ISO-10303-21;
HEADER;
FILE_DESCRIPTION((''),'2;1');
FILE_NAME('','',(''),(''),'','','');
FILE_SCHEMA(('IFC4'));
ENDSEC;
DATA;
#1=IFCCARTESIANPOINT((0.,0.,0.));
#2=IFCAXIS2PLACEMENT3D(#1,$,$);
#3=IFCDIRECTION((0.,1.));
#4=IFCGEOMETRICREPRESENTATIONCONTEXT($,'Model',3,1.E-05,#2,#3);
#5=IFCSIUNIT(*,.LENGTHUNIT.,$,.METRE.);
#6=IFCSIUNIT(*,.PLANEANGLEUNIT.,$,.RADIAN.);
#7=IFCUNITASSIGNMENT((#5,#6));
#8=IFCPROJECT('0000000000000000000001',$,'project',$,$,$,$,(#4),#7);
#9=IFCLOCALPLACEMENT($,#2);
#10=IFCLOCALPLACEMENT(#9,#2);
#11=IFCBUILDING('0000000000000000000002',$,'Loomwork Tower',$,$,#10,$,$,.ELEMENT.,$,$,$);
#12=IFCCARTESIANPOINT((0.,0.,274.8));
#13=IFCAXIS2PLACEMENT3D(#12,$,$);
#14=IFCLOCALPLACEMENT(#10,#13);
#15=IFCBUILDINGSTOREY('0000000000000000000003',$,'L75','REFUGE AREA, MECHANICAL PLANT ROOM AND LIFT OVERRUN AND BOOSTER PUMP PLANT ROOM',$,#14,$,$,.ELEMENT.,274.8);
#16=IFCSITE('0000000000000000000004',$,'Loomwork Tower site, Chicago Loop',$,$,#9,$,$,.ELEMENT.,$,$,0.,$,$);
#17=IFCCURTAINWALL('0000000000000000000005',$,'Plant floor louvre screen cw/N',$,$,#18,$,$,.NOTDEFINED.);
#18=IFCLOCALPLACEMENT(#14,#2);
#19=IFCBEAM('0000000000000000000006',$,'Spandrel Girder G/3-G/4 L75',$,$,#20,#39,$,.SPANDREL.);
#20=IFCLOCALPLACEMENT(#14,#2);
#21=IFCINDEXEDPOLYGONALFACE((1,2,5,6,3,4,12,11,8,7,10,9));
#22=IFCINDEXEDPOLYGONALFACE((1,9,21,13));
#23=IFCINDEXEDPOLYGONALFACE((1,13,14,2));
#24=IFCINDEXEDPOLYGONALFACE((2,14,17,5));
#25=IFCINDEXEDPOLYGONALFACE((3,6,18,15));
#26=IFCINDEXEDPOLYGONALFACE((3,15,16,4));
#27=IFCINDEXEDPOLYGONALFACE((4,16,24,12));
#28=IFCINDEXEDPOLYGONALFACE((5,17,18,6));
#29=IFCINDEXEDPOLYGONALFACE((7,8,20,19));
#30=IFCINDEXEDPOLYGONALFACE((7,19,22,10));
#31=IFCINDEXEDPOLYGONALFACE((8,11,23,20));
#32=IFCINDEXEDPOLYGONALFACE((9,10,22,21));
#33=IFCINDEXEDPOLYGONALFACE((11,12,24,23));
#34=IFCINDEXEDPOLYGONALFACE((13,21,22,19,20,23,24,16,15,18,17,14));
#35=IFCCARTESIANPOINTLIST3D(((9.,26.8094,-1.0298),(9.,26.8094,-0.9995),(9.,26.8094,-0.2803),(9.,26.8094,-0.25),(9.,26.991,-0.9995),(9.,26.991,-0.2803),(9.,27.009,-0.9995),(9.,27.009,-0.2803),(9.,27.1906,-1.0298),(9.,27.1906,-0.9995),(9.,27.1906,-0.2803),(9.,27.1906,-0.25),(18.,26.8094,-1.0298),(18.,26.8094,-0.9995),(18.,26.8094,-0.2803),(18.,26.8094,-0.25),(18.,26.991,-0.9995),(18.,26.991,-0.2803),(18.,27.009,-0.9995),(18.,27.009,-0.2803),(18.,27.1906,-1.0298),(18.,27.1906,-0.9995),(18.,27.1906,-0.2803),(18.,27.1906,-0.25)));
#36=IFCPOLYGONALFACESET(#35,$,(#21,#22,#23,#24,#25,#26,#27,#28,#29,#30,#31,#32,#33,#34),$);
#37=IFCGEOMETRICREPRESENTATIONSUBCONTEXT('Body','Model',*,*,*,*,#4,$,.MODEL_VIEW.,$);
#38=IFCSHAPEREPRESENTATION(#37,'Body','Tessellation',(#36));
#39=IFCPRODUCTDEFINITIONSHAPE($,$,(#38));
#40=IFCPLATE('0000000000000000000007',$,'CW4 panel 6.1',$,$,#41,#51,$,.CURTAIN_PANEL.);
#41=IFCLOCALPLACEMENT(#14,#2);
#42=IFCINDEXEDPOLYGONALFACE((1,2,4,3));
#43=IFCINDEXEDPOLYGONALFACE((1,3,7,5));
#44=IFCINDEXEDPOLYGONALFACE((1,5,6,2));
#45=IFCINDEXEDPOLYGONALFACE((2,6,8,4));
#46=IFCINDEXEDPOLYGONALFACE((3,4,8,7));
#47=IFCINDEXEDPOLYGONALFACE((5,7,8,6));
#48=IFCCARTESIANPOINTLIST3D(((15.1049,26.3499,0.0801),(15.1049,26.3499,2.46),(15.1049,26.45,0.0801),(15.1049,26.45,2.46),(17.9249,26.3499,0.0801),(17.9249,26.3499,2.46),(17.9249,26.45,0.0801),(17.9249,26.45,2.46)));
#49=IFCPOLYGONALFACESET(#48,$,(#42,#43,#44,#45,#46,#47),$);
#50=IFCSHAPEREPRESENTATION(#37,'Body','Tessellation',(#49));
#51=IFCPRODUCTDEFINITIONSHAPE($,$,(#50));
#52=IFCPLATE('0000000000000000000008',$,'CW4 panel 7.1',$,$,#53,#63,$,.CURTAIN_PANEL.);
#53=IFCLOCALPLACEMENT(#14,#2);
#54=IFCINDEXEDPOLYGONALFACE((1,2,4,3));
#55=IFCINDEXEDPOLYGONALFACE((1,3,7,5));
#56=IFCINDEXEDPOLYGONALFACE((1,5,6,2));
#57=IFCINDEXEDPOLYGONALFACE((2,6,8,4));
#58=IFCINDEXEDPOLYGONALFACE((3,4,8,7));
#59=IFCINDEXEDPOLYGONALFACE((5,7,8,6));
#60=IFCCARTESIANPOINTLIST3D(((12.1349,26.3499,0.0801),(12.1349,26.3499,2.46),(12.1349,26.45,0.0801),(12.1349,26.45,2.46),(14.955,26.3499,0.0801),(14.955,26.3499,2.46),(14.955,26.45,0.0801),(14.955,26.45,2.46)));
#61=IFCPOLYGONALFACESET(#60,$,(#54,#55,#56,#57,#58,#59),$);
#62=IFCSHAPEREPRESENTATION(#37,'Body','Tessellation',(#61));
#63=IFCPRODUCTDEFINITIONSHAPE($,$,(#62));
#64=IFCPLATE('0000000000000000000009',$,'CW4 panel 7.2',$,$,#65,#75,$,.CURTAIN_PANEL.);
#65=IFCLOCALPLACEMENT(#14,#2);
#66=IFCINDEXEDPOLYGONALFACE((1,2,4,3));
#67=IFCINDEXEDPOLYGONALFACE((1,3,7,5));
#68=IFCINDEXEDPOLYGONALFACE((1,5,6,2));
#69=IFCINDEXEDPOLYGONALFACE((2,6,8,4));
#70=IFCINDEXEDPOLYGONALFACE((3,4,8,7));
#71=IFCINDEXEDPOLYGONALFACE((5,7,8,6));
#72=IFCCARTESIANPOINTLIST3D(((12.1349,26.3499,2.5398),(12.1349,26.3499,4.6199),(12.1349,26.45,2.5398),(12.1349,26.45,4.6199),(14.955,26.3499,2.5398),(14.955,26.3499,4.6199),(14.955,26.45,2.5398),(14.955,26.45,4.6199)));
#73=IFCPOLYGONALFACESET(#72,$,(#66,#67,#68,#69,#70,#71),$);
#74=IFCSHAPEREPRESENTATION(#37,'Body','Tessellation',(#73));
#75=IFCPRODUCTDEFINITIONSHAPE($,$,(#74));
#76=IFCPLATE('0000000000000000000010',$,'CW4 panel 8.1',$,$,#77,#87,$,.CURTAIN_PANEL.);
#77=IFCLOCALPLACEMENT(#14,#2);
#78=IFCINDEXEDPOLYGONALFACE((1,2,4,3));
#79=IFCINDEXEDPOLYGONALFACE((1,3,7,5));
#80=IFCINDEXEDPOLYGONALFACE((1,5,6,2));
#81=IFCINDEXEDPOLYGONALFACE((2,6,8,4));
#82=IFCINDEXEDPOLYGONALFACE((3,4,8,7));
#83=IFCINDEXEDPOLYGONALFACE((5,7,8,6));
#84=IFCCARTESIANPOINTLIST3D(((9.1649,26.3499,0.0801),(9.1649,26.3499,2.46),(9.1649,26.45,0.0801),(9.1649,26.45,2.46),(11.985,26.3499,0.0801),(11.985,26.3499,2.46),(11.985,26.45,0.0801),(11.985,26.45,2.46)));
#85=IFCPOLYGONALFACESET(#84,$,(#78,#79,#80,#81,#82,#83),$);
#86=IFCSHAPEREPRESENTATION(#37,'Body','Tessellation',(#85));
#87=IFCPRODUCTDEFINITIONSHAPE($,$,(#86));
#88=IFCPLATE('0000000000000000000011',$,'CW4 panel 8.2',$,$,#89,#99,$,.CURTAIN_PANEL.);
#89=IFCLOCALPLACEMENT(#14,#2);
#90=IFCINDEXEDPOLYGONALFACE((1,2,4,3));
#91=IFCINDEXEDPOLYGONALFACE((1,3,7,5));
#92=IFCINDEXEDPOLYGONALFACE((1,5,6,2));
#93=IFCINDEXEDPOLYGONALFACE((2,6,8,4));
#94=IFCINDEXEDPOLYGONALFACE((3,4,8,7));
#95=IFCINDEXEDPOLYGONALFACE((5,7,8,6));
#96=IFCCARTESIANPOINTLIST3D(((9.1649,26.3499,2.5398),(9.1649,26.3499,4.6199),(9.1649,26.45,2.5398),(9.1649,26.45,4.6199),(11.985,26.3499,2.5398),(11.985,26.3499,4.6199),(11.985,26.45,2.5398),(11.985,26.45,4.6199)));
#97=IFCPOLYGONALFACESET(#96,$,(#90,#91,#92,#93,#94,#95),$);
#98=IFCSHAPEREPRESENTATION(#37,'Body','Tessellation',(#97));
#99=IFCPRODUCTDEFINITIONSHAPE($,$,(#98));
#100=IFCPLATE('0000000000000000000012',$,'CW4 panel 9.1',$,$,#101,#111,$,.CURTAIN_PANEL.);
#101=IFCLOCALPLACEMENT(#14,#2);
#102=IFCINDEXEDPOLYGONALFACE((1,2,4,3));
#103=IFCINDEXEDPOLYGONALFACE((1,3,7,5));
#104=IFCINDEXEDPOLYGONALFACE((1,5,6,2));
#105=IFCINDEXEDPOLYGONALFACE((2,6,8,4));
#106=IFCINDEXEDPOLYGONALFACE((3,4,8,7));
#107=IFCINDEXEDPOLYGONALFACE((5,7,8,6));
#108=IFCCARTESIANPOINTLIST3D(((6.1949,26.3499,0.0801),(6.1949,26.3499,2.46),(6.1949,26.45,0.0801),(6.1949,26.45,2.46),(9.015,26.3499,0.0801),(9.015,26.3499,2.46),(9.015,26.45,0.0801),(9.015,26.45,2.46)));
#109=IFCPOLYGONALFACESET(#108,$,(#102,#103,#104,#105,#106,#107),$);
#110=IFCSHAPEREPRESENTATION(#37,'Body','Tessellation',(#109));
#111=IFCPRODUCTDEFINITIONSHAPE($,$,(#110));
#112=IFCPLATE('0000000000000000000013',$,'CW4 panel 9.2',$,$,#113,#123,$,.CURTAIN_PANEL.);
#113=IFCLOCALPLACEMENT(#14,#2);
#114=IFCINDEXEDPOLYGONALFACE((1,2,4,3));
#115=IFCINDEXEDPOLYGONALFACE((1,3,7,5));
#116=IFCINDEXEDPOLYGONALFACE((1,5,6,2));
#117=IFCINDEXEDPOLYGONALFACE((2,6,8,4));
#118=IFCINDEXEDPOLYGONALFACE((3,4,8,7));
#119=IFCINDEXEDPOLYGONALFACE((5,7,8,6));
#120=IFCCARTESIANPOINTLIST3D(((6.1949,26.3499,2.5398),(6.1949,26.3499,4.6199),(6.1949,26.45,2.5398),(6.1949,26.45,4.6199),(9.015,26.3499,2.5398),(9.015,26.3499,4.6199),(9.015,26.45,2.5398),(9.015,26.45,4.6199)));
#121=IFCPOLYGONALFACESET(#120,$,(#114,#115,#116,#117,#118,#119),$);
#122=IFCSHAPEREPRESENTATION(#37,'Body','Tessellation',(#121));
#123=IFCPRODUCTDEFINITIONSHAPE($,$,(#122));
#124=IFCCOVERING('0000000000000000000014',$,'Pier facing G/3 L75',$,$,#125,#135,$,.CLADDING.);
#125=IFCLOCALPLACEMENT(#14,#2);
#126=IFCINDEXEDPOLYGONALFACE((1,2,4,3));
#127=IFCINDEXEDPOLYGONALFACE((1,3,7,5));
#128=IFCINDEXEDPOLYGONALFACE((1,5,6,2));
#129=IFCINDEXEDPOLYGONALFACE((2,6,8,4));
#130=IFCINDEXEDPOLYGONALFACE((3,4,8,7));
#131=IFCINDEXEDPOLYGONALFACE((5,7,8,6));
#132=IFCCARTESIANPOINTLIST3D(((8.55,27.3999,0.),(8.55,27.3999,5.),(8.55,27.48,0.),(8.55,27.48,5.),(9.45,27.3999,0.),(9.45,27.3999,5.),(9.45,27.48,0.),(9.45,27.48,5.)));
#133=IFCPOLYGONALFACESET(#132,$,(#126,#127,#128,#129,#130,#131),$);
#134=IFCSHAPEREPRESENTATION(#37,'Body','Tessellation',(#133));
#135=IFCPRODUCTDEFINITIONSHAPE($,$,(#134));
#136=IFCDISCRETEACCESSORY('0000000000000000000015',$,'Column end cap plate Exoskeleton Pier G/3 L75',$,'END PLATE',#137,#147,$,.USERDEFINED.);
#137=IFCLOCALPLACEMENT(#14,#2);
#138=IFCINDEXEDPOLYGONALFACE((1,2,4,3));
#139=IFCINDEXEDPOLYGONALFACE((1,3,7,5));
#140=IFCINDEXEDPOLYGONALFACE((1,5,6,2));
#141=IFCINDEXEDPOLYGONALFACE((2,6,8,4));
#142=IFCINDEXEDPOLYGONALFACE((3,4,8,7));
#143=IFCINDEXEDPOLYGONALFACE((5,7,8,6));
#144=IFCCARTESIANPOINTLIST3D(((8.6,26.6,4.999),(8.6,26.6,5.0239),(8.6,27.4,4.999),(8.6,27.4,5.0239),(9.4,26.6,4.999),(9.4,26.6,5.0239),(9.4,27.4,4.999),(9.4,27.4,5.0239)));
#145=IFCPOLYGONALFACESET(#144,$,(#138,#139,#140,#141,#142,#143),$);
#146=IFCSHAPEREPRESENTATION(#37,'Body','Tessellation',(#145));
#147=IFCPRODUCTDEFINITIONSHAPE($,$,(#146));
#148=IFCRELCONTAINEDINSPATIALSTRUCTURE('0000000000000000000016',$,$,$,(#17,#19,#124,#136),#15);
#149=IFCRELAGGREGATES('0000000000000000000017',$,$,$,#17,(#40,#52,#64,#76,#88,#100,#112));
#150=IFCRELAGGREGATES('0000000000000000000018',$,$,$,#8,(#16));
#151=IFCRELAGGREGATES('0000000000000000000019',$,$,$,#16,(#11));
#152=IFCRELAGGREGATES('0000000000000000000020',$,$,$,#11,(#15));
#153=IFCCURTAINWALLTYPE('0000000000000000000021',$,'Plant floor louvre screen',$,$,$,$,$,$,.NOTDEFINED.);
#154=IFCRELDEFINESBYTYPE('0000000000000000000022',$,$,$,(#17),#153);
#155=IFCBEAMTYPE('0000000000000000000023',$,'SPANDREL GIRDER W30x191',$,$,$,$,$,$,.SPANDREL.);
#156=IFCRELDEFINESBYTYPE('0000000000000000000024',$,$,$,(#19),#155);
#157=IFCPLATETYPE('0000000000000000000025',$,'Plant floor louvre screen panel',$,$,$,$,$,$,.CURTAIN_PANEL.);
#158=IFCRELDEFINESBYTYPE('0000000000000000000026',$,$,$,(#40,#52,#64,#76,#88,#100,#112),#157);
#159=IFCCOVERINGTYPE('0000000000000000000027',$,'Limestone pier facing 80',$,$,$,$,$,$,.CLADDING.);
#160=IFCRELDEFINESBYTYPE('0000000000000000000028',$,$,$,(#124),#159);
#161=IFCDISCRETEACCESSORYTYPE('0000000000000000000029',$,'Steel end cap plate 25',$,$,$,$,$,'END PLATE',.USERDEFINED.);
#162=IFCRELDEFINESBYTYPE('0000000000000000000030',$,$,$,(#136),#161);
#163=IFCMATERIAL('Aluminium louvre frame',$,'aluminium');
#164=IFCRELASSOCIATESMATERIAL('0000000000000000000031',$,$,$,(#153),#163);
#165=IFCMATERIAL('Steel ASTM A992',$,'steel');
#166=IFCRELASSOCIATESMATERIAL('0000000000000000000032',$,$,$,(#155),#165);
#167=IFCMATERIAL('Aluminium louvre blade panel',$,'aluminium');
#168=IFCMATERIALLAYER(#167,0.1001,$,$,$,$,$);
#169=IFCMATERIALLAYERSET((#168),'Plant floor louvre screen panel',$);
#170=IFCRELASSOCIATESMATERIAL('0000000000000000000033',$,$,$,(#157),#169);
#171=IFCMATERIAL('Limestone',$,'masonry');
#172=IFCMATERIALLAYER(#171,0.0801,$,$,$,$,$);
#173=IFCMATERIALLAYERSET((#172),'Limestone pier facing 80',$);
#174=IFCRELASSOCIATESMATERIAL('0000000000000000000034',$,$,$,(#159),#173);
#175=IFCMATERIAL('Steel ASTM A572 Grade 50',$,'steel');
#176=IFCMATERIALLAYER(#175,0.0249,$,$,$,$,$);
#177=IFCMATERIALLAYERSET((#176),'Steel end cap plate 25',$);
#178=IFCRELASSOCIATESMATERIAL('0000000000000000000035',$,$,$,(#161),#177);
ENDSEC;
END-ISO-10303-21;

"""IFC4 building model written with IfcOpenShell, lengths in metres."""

from ifc_helpers import new_model, si_unit, direction, frame, origin, origin_2d, place, context, subcontext, project, spatial, rectangle, i_section, extrude, material, layer, layer_set, material_profile, profile_set, type_object, element, aggregate, save


model = new_model("IFC4")

# Units and contexts
model_context = context("Model", 3, precision=1e-05, world=origin(), true_north=direction((0.0, 1.0)))
body_context = subcontext(model_context, "Body", "Model", "MODEL_VIEW")
ifc_project = project(units=[si_unit("LENGTHUNIT", "METRE"), si_unit("PLANEANGLEUNIT", "RADIAN")], contexts=[model_context])

# Site, building, storey
site_placement = place(None, origin())
site = spatial("IfcSite", under=ifc_project, at=site_placement, Name="Loomwork Tower site, Chicago Loop", CompositionType="ELEMENT", RefElevation=0.0)
building_placement = place(site_placement, origin())
building = spatial("IfcBuilding", under=site, at=building_placement, Name="Loomwork Tower", CompositionType="ELEMENT")
storey_placement = place(building_placement, frame((0.0, 0.0, 274.8)))
storey = spatial("IfcBuildingStorey", under=building, at=storey_placement, Name="L75", Description="REFUGE AREA, MECHANICAL PLANT ROOM AND LIFT OVERRUN AND BOOSTER PUMP PLANT ROOM", CompositionType="ELEMENT", Elevation=274.8)

# Curtain wall
ifc_material_1 = material(Name="Aluminium louvre frame", Category="aluminium")
curtain_wall_type = type_object("IfcCurtainWallType", Name="Plant floor louvre screen", PredefinedType="NOTDEFINED", material=ifc_material_1)
curtain_wall_placement = place(storey_placement, origin())
curtain_wall = element("IfcCurtainWall", 1, at=curtain_wall_placement, inside=storey, type_object=curtain_wall_type, Name="Plant floor louvre screen cw/N", PredefinedType="NOTDEFINED")

# Beam
ifc_material_2 = material(Name="Steel ASTM A992", Category="steel")
ifc_material_profile_1 = material_profile(ifc_material_2, i_section(OverallWidth=0.3811, OverallDepth=0.7798, WebThickness=0.0181, FlangeThickness=0.0303, at=origin_2d()), Name="W30x191")
ifc_profile_set_1 = profile_set([ifc_material_profile_1], Name="Steel ASTM A992")
beam_type = type_object("IfcBeamType", Name="SPANDREL GIRDER W30x191", PredefinedType="SPANDREL", material=ifc_profile_set_1)
beam_placement = place(storey_placement, frame((9.0, 27.0, -0.6399), z_axis=(1.0, 0.0, 0.0), x_axis=(0.0, 1.0, 0.0)))
element("IfcBeam", 2, at=beam_placement, inside=storey, type_object=beam_type, Name="Spandrel Girder G/3-G/4 L75", PredefinedType="SPANDREL", context=body_context, shape_type="SweptSolid", body=[
    extrude(i_section(OverallWidth=0.3811, OverallDepth=0.7798, WebThickness=0.0181, FlangeThickness=0.0303, at=origin_2d()), origin(), (0.0, 0.0, 1.0), 9.0),
])

# Plates
ifc_material_3 = material(Name="Aluminium louvre blade panel", Category="aluminium")
ifc_layer_1 = layer(ifc_material_3, 0.1001)
ifc_layer_set_1 = layer_set([ifc_layer_1], Name="Plant floor louvre screen panel")
plate_type = type_object("IfcPlateType", Name="Plant floor louvre screen panel", PredefinedType="CURTAIN_PANEL", material=ifc_layer_set_1)
plate_1_placement = place(storey_placement, frame((16.5149, 26.3999, 0.0801), z_axis=(0.0, 0.0, 1.0), x_axis=(-1.0, 0.0, 0.0)))
plate_1 = element("IfcPlate", 3, at=plate_1_placement, type_object=plate_type, Name="CW4 panel 6.1", PredefinedType="CURTAIN_PANEL", context=body_context, shape_type="SweptSolid", body=[
    extrude(rectangle(XDim=2.8201, YDim=0.1001, at=origin_2d()), origin(), (0.0, 0.0, 1.0), 2.3799),
])
plate_2_placement = place(storey_placement, frame((13.5449, 26.3999, 0.0801), z_axis=(0.0, 0.0, 1.0), x_axis=(-1.0, 0.0, 0.0)))
plate_2 = element("IfcPlate", 4, at=plate_2_placement, type_object=plate_type, Name="CW4 panel 7.1", PredefinedType="CURTAIN_PANEL", context=body_context, shape_type="SweptSolid", body=[
    extrude(rectangle(XDim=2.8201, YDim=0.1001, at=origin_2d()), origin(), (0.0, 0.0, 1.0), 2.3799),
])
plate_3_placement = place(storey_placement, frame((13.5449, 26.3999, 2.5398), z_axis=(0.0, 0.0, 1.0), x_axis=(-1.0, 0.0, 0.0)))
plate_3 = element("IfcPlate", 5, at=plate_3_placement, type_object=plate_type, Name="CW4 panel 7.2", PredefinedType="CURTAIN_PANEL", context=body_context, shape_type="SweptSolid", body=[
    extrude(rectangle(XDim=2.8201, YDim=0.1001, at=origin_2d()), origin(), (0.0, 0.0, 1.0), 2.0801),
])
plate_4_placement = place(storey_placement, frame((10.575, 26.3999, 0.0801), z_axis=(0.0, 0.0, 1.0), x_axis=(-1.0, 0.0, 0.0)))
plate_4 = element("IfcPlate", 6, at=plate_4_placement, type_object=plate_type, Name="CW4 panel 8.1", PredefinedType="CURTAIN_PANEL", context=body_context, shape_type="SweptSolid", body=[
    extrude(rectangle(XDim=2.8201, YDim=0.1001, at=origin_2d()), origin(), (0.0, 0.0, 1.0), 2.3799),
])
plate_5_placement = place(storey_placement, frame((10.575, 26.3999, 2.5398), z_axis=(0.0, 0.0, 1.0), x_axis=(-1.0, 0.0, 0.0)))
plate_5 = element("IfcPlate", 7, at=plate_5_placement, type_object=plate_type, Name="CW4 panel 8.2", PredefinedType="CURTAIN_PANEL", context=body_context, shape_type="SweptSolid", body=[
    extrude(rectangle(XDim=2.8201, YDim=0.1001, at=origin_2d()), origin(), (0.0, 0.0, 1.0), 2.0801),
])
plate_6_placement = place(storey_placement, frame((7.605, 26.3999, 0.0801), z_axis=(0.0, 0.0, 1.0), x_axis=(-1.0, 0.0, 0.0)))
plate_6 = element("IfcPlate", 8, at=plate_6_placement, type_object=plate_type, Name="CW4 panel 9.1", PredefinedType="CURTAIN_PANEL", context=body_context, shape_type="SweptSolid", body=[
    extrude(rectangle(XDim=2.8201, YDim=0.1001, at=origin_2d()), origin(), (0.0, 0.0, 1.0), 2.3799),
])
plate_7_placement = place(storey_placement, frame((7.605, 26.3999, 2.5398), z_axis=(0.0, 0.0, 1.0), x_axis=(-1.0, 0.0, 0.0)))
plate_7 = element("IfcPlate", 9, at=plate_7_placement, type_object=plate_type, Name="CW4 panel 9.2", PredefinedType="CURTAIN_PANEL", context=body_context, shape_type="SweptSolid", body=[
    extrude(rectangle(XDim=2.8201, YDim=0.1001, at=origin_2d()), origin(), (0.0, 0.0, 1.0), 2.0801),
])
aggregate(curtain_wall, [plate_1, plate_2, plate_3, plate_4, plate_5, plate_6, plate_7])

# Covering
ifc_material_4 = material(Name="Limestone", Category="masonry")
ifc_layer_2 = layer(ifc_material_4, 0.0801)
ifc_layer_set_2 = layer_set([ifc_layer_2], Name="Limestone pier facing 80")
covering_type = type_object("IfcCoveringType", Name="Limestone pier facing 80", PredefinedType="CLADDING", material=ifc_layer_set_2)
covering_placement = place(storey_placement, frame((9.0, 27.4399, 0.0), z_axis=(0.0, 0.0, 1.0), x_axis=(1.0, 0.0, 0.0)))
element("IfcCovering", 10, at=covering_placement, inside=storey, type_object=covering_type, Name="Pier facing G/3 L75", PredefinedType="CLADDING", context=body_context, shape_type="SweptSolid", body=[
    extrude(rectangle(XDim=0.8999, YDim=0.0801, at=origin_2d()), origin(), (0.0, 0.0, 1.0), 5.0),
])

# Discrete accessory
ifc_material_5 = material(Name="Steel ASTM A572 Grade 50", Category="steel")
ifc_layer_3 = layer(ifc_material_5, 0.0249)
ifc_layer_set_3 = layer_set([ifc_layer_3], Name="Steel end cap plate 25")
discrete_accessory_type = type_object("IfcDiscreteAccessoryType", Name="Steel end cap plate 25", ElementType="END PLATE", PredefinedType="USERDEFINED", material=ifc_layer_set_3)
discrete_accessory_placement = place(storey_placement, frame((9.0, 27.0, 4.999), z_axis=(0.0, 0.0, 1.0), x_axis=(1.0, 0.0, 0.0)))
element("IfcDiscreteAccessory", 11, at=discrete_accessory_placement, inside=storey, type_object=discrete_accessory_type, Name="Column end cap plate Exoskeleton Pier G/3 L75", ObjectType="END PLATE", PredefinedType="USERDEFINED", context=body_context, shape_type="SweptSolid", body=[
    extrude(rectangle(XDim=0.8, YDim=0.8, at=origin_2d()), origin(), (0.0, 0.0, 1.0), 0.0249),
])

save(model, "model.ifc")
